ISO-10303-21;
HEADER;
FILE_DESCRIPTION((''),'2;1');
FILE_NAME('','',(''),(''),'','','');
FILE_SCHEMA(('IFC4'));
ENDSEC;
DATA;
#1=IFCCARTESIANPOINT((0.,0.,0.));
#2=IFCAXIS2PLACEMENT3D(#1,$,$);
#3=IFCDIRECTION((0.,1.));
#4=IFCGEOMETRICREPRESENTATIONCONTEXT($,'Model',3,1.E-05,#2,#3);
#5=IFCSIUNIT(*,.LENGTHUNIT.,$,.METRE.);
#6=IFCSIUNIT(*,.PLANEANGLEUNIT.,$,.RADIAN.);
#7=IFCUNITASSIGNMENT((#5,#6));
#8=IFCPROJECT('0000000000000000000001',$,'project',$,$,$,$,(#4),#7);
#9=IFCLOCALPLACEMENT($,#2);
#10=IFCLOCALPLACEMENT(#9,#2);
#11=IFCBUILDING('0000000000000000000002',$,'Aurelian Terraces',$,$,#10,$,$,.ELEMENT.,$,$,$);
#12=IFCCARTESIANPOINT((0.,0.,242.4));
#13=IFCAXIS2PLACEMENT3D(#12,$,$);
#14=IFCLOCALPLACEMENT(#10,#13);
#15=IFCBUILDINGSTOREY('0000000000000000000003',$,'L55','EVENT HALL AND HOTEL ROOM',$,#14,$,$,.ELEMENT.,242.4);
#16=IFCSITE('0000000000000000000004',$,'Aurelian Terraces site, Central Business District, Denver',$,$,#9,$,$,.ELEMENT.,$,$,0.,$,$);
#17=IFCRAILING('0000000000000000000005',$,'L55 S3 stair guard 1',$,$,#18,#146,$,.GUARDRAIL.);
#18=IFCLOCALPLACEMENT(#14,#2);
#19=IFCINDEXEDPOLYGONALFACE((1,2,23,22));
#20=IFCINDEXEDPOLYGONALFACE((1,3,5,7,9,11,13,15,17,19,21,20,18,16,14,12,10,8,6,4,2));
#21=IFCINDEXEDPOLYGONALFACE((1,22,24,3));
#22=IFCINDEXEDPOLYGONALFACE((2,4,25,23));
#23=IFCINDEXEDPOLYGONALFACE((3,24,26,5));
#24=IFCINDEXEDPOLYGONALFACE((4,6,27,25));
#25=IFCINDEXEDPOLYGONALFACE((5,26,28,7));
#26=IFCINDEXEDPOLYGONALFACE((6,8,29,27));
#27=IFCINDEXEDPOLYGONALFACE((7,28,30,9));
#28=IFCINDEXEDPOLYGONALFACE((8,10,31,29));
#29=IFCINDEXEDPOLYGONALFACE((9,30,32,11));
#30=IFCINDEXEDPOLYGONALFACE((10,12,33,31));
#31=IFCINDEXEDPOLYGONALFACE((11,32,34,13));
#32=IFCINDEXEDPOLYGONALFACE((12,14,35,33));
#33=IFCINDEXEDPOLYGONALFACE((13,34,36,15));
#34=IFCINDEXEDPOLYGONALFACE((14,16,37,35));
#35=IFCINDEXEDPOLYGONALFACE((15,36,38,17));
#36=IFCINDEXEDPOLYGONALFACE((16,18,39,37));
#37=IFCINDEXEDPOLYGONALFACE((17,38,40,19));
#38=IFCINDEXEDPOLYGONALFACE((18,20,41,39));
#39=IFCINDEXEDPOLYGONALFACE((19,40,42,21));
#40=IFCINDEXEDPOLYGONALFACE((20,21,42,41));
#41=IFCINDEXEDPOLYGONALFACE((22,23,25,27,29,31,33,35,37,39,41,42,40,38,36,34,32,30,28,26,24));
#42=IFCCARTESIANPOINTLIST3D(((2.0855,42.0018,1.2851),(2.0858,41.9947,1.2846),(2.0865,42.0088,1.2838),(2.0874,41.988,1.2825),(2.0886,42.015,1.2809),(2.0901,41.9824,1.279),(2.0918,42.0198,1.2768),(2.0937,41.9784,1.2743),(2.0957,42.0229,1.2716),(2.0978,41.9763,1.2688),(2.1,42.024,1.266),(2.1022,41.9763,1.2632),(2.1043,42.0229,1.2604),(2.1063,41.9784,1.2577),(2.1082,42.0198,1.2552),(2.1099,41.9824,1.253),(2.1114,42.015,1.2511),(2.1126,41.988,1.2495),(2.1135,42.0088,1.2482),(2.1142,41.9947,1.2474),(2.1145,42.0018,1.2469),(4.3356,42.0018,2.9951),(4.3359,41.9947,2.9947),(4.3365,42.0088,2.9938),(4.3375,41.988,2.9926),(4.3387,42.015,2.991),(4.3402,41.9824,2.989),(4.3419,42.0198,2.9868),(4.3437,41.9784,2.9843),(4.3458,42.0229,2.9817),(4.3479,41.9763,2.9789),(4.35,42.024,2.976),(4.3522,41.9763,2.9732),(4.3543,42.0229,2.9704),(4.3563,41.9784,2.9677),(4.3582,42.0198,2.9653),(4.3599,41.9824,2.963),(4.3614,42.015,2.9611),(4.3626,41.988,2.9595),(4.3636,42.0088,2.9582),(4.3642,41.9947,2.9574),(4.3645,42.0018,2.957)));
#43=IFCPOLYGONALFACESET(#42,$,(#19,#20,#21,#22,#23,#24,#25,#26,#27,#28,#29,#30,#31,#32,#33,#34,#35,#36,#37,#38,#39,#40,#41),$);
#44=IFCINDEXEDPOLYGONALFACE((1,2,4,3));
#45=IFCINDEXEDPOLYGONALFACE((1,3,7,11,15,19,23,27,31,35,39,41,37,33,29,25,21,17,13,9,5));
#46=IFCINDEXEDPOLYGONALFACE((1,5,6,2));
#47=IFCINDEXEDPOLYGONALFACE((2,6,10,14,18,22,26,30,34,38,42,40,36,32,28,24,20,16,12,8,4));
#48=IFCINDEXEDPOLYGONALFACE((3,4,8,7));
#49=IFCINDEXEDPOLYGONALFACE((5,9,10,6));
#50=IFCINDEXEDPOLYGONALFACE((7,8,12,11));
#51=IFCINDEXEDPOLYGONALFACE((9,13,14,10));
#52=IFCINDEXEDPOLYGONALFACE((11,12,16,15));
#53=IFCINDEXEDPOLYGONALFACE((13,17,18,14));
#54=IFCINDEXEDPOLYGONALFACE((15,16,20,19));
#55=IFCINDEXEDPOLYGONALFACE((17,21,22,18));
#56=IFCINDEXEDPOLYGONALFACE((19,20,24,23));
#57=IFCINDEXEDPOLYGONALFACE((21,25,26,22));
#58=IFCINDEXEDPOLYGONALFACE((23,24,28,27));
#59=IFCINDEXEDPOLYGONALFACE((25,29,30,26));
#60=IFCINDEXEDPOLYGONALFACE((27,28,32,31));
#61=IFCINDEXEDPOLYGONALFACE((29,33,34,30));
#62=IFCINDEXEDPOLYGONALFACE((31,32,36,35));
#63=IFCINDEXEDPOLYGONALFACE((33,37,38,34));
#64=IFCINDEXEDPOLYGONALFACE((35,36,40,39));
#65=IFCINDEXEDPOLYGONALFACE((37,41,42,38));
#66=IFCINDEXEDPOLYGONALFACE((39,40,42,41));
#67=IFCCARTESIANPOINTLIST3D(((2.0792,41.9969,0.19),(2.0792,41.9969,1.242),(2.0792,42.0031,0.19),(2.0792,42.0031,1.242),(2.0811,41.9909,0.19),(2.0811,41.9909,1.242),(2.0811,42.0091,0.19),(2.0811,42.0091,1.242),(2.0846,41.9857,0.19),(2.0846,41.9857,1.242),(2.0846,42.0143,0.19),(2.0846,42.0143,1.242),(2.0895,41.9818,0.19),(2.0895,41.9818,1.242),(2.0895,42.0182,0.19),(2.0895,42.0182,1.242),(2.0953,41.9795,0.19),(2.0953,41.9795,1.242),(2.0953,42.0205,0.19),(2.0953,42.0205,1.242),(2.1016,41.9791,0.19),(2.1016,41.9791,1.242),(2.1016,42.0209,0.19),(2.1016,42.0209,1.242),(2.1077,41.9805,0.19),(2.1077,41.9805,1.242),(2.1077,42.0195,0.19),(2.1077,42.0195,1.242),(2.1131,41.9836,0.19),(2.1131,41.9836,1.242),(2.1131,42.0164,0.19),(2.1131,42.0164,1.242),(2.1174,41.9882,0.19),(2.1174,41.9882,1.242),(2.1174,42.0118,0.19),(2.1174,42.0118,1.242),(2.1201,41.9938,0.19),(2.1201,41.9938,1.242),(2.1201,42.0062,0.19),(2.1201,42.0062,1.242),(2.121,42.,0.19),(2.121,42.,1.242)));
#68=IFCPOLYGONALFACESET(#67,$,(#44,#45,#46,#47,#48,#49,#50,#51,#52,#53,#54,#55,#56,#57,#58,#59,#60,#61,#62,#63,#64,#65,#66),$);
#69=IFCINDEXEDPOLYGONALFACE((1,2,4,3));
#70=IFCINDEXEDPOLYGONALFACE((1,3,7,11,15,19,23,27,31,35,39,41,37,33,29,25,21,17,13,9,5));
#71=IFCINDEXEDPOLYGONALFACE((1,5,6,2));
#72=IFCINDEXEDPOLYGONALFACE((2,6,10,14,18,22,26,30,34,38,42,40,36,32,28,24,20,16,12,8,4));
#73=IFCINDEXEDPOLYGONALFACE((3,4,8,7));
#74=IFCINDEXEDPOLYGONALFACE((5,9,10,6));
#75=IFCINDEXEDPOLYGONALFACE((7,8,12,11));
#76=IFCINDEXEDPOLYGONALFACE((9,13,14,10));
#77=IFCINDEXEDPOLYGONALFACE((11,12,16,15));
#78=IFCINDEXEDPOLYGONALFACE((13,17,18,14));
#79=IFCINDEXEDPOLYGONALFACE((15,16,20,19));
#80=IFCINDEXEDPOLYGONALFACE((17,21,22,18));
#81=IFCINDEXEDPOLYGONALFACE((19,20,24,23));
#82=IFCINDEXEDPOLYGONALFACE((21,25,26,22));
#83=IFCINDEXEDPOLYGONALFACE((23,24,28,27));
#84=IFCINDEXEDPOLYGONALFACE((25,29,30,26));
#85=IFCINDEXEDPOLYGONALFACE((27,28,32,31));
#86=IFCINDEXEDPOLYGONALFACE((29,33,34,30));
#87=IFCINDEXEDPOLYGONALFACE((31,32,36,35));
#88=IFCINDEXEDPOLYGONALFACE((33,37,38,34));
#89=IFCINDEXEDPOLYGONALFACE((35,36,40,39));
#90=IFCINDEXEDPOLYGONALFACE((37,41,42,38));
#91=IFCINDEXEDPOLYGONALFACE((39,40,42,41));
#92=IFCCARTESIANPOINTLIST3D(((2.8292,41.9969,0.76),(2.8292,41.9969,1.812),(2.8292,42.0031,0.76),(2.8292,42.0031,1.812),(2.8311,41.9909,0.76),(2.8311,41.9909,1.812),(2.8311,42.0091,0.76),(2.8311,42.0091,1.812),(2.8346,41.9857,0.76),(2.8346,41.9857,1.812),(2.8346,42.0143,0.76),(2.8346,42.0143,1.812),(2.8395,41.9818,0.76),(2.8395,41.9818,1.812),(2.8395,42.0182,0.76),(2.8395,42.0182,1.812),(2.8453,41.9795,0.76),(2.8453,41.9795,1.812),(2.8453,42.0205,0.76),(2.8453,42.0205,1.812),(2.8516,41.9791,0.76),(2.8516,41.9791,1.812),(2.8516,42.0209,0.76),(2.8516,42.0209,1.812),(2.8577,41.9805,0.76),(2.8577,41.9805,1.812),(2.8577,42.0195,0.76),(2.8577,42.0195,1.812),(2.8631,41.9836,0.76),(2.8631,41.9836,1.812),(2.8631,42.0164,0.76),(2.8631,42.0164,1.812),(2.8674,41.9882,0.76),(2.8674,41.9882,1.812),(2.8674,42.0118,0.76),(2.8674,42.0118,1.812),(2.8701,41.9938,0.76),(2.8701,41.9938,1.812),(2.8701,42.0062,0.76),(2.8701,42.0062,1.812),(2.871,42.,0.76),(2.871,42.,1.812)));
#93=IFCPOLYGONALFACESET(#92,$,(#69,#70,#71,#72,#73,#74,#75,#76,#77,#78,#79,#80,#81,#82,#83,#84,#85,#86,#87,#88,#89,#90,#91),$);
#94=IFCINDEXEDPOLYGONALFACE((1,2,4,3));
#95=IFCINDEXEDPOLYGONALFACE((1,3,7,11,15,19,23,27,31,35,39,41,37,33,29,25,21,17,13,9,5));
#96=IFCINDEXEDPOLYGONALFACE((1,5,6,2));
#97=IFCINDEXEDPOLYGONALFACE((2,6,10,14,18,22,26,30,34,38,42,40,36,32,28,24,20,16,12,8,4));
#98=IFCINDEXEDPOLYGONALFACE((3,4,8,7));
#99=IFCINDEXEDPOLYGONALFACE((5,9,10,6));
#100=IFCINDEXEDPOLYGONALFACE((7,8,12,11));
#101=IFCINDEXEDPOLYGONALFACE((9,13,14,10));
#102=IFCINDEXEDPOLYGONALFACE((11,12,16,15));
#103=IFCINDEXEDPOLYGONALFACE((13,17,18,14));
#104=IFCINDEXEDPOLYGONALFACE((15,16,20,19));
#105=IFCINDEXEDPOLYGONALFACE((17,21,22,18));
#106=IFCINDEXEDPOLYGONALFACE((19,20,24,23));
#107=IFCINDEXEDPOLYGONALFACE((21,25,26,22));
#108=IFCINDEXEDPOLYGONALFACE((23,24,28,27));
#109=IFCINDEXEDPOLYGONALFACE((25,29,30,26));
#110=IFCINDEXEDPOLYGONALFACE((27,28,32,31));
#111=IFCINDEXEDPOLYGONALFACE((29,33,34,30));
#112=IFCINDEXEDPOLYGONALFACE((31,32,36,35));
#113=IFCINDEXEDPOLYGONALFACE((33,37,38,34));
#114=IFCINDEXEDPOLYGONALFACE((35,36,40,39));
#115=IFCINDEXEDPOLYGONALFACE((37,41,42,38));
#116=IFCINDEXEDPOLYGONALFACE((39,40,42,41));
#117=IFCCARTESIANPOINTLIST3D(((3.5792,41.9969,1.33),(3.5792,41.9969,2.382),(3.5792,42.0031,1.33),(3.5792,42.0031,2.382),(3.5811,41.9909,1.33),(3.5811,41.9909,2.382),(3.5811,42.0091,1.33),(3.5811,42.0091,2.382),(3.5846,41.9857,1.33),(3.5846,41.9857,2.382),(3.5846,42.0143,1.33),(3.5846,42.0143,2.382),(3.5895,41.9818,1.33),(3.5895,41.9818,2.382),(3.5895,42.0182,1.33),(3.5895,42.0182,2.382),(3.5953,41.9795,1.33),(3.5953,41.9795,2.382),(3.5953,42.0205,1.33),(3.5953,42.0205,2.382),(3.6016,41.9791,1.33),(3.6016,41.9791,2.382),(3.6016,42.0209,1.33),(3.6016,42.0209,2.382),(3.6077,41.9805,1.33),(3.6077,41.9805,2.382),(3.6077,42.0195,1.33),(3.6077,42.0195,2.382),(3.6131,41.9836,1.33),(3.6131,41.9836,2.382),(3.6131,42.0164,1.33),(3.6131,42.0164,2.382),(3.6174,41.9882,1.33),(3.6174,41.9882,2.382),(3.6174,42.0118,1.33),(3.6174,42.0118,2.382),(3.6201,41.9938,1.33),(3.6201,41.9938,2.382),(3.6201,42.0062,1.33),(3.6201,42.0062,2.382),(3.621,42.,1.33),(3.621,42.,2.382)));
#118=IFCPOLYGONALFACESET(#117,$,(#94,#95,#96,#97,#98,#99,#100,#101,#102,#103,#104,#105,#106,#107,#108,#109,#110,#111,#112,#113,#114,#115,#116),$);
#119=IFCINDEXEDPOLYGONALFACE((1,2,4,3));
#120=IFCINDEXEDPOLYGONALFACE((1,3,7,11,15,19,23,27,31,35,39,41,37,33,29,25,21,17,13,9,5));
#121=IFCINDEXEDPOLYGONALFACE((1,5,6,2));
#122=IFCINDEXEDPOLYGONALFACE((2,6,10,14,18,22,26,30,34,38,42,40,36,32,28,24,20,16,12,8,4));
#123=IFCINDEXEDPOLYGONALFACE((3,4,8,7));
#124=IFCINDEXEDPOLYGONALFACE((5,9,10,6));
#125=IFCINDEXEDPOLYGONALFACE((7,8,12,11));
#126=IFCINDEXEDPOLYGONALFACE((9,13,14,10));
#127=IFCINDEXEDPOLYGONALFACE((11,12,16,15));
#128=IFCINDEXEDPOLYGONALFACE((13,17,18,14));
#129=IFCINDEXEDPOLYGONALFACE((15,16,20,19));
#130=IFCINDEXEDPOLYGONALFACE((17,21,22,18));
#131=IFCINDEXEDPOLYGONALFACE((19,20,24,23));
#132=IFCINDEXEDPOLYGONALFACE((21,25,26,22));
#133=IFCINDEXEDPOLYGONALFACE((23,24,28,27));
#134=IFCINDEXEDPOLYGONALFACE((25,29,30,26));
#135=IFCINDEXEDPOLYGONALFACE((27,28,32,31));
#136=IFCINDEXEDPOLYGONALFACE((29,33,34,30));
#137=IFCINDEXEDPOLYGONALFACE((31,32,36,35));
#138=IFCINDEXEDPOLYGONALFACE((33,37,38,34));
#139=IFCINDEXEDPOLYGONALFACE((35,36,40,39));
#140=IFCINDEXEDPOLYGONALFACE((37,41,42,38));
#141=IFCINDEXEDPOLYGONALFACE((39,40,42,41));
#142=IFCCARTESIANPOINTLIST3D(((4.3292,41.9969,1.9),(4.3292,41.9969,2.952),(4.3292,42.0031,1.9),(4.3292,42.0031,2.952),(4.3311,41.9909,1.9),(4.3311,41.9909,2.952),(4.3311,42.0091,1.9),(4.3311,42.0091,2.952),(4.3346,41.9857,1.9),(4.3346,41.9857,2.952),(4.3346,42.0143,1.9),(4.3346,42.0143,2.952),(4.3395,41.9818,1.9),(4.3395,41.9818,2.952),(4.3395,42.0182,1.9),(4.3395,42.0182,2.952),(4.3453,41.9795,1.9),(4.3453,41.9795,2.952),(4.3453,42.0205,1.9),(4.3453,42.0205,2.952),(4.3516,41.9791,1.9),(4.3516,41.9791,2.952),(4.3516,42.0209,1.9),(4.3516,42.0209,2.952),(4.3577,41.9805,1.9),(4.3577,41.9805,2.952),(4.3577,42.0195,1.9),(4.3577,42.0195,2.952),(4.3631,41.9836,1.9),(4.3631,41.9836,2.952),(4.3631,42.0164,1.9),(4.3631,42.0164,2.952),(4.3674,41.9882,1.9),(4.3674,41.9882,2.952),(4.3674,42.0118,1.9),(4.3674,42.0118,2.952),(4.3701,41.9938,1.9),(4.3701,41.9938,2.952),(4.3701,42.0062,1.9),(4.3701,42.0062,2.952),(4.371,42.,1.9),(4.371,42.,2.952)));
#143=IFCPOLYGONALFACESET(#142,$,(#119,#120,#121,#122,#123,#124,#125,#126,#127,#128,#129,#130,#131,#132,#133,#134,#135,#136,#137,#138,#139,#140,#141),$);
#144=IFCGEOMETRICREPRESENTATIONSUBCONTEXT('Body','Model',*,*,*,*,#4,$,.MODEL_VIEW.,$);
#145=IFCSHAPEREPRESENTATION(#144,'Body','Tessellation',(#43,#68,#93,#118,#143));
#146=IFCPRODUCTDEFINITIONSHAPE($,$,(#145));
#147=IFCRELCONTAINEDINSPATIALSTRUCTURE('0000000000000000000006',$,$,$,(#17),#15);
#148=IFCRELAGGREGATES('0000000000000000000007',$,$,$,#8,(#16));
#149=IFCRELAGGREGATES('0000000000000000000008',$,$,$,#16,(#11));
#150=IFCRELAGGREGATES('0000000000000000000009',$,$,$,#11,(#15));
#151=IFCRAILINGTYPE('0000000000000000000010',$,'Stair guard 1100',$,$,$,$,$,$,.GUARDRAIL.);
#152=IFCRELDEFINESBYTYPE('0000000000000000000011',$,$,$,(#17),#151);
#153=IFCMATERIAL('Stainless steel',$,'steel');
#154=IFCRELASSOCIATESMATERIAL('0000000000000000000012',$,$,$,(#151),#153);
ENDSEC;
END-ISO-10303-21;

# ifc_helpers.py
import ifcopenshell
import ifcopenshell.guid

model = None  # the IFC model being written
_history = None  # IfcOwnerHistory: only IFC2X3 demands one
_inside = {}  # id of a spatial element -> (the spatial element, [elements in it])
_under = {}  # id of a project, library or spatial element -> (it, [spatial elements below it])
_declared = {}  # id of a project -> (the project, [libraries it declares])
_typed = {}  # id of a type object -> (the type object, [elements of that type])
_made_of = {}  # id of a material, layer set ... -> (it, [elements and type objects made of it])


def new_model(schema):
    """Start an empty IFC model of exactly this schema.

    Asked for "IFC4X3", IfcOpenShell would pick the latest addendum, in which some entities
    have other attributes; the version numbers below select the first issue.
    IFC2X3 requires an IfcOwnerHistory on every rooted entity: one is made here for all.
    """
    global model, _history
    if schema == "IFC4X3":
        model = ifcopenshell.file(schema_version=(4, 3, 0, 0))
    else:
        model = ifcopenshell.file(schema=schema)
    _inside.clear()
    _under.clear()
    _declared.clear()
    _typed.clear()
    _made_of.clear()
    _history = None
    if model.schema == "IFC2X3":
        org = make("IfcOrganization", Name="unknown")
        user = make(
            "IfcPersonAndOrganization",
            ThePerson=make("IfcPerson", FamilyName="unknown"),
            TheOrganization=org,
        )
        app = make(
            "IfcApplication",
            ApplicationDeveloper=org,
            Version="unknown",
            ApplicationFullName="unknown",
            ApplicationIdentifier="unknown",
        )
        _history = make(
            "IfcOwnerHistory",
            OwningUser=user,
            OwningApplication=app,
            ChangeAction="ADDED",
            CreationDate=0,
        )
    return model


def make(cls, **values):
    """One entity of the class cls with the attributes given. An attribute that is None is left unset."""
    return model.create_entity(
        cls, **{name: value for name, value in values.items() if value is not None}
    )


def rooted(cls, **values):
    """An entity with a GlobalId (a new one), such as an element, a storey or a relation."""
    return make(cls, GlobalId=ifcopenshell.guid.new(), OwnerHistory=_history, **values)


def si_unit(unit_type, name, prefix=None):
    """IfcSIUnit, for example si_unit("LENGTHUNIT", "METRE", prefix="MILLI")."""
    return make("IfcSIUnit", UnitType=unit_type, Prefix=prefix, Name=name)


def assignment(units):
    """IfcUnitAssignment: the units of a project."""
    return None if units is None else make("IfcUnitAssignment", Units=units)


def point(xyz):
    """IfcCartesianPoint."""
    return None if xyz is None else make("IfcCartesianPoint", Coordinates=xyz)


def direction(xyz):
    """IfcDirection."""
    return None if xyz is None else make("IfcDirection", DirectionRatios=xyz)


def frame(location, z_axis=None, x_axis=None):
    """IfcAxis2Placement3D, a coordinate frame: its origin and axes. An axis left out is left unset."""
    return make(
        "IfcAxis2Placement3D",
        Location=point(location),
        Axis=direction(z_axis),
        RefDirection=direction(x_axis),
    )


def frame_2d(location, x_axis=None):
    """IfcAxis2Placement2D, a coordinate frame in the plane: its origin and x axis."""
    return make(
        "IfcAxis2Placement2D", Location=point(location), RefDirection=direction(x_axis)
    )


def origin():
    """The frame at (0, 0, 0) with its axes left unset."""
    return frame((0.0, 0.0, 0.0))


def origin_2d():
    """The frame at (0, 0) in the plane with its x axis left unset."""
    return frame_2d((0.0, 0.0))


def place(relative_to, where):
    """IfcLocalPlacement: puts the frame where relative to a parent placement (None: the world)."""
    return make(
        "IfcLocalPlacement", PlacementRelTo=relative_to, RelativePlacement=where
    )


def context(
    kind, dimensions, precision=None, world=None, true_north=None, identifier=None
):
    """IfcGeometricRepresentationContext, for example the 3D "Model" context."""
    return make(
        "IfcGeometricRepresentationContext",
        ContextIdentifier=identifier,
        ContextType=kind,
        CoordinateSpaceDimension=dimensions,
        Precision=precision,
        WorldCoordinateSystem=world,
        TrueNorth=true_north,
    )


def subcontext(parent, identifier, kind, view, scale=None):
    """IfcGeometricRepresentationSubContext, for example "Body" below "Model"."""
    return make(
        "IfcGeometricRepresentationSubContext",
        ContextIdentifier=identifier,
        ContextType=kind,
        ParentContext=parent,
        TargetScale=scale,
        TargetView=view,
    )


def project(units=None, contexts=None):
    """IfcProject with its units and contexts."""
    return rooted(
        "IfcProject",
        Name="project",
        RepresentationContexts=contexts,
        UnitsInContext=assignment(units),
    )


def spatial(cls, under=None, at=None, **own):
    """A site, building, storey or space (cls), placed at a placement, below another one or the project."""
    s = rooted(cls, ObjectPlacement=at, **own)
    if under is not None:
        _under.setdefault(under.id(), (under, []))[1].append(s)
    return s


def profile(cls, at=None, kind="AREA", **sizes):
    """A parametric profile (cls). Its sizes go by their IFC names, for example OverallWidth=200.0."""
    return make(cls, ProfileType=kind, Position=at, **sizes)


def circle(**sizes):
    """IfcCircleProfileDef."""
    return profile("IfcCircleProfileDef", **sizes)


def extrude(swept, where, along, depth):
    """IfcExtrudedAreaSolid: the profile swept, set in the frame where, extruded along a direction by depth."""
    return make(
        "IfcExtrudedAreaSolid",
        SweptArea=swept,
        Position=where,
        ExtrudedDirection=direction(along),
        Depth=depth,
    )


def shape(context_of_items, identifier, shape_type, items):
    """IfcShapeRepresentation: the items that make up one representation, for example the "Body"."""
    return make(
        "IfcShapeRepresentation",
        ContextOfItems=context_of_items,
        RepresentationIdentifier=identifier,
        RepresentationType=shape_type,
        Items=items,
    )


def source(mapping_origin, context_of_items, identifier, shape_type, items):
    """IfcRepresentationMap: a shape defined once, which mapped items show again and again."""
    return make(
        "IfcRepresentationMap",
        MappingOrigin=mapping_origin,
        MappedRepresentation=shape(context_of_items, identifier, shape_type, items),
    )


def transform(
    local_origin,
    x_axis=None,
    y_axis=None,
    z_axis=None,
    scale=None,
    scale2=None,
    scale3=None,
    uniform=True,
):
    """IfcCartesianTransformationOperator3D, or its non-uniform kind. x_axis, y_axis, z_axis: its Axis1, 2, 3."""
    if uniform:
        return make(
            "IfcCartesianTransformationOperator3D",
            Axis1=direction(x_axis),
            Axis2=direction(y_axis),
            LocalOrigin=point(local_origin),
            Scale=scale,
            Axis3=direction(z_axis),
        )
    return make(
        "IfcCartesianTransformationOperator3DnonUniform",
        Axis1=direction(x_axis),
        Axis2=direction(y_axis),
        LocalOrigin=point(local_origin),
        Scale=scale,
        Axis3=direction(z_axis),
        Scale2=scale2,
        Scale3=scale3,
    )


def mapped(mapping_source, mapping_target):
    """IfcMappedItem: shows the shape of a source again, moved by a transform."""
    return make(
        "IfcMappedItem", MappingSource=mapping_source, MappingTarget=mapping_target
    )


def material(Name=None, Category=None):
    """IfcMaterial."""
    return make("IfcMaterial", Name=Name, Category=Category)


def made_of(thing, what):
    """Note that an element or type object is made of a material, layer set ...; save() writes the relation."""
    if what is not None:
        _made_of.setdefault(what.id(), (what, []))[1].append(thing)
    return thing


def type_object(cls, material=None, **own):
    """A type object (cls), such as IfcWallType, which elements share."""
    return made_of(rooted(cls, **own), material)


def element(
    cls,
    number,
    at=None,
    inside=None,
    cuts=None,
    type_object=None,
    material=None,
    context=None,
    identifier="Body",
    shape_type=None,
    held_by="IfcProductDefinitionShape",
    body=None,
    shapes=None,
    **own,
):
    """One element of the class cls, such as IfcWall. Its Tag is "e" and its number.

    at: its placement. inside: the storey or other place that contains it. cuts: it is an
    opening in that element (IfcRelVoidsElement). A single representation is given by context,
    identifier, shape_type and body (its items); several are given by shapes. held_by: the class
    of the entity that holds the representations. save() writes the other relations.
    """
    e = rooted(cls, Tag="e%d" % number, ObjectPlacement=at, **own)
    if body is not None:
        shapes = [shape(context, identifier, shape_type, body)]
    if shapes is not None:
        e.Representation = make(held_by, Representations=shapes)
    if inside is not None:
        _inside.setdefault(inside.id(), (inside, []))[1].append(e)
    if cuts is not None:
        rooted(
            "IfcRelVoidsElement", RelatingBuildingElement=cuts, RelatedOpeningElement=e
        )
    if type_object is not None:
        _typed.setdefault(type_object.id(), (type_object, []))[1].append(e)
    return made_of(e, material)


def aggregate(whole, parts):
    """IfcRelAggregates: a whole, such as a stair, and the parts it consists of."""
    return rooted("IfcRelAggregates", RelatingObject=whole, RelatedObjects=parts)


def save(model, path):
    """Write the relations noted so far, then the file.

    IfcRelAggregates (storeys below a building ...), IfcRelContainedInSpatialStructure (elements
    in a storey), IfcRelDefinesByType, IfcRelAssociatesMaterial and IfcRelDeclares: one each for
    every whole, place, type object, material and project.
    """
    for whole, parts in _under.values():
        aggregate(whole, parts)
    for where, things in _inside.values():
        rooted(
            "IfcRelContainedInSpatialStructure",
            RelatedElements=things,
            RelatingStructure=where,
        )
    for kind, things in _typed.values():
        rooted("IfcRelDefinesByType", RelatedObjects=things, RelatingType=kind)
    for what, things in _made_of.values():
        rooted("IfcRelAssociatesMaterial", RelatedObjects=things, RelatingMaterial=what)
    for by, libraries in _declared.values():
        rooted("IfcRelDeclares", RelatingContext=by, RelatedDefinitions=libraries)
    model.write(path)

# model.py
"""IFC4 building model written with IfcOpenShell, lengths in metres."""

from ifc_helpers import new_model, si_unit, direction, frame, origin, origin_2d, place, context, subcontext, project, spatial, circle, extrude, source, transform, mapped, material, type_object, element, save


model = new_model("IFC4")

# Units and contexts
model_context = context("Model", 3, precision=1e-05, world=origin(), true_north=direction((0.0, 1.0)))
body_context = subcontext(model_context, "Body", "Model", "MODEL_VIEW")
ifc_project = project(units=[si_unit("LENGTHUNIT", "METRE"), si_unit("PLANEANGLEUNIT", "RADIAN")], contexts=[model_context])

# Site, building, storey
site_placement = place(None, origin())
site = spatial("IfcSite", under=ifc_project, at=site_placement, Name="Aurelian Terraces site, Central Business District, Denver", CompositionType="ELEMENT", RefElevation=0.0)
building_placement = place(site_placement, origin())
building = spatial("IfcBuilding", under=site, at=building_placement, Name="Aurelian Terraces", CompositionType="ELEMENT")
storey_placement = place(building_placement, frame((0.0, 0.0, 242.4)))
storey = spatial("IfcBuildingStorey", under=building, at=storey_placement, Name="L55", Description="EVENT HALL AND HOTEL ROOM", CompositionType="ELEMENT", Elevation=242.4)

# Railing
ifc_material_1 = material(Name="Stainless steel", Category="steel")
railing_type_1 = type_object("IfcRailingType", Name="Stair guard 1100", PredefinedType="GUARDRAIL", material=ifc_material_1)
shared_shape_1 = source(origin(), body_context, "Body", "SweptSolid", [
    extrude(circle(Radius=0.024, at=origin_2d()), frame((0.0, 0.0, 1.076), z_axis=(0.796162, 0.0, 0.605083), x_axis=(0.0, 1.0, 0.0)), (0.0, 0.0, 1.0), 2.8261),
    extrude(circle(Radius=0.021, at=origin_2d()), origin(), (0.0, 0.0, 1.0), 1.052),
    extrude(circle(Radius=0.021, at=origin_2d()), frame((0.75, 0.0, 0.57)), (0.0, 0.0, 1.0), 1.052),
    extrude(circle(Radius=0.021, at=origin_2d()), frame((1.5, 0.0, 1.14)), (0.0, 0.0, 1.0), 1.052),
    extrude(circle(Radius=0.021, at=origin_2d()), frame((2.25, 0.0, 1.71)), (0.0, 0.0, 1.0), 1.052),
])
railing_1_placement = place(storey_placement, frame((2.1, 42.0, 0.19)))
element("IfcRailing", 1, at=railing_1_placement, inside=storey, type_object=railing_type_1, Name="L55 S3 stair guard 1", PredefinedType="GUARDRAIL", context=body_context, shape_type="MappedRepresentation", body=[
    mapped(shared_shape_1, transform((0.0, 0.0, 0.0), scale=1.0)),
])

save(model, "model.ifc")
